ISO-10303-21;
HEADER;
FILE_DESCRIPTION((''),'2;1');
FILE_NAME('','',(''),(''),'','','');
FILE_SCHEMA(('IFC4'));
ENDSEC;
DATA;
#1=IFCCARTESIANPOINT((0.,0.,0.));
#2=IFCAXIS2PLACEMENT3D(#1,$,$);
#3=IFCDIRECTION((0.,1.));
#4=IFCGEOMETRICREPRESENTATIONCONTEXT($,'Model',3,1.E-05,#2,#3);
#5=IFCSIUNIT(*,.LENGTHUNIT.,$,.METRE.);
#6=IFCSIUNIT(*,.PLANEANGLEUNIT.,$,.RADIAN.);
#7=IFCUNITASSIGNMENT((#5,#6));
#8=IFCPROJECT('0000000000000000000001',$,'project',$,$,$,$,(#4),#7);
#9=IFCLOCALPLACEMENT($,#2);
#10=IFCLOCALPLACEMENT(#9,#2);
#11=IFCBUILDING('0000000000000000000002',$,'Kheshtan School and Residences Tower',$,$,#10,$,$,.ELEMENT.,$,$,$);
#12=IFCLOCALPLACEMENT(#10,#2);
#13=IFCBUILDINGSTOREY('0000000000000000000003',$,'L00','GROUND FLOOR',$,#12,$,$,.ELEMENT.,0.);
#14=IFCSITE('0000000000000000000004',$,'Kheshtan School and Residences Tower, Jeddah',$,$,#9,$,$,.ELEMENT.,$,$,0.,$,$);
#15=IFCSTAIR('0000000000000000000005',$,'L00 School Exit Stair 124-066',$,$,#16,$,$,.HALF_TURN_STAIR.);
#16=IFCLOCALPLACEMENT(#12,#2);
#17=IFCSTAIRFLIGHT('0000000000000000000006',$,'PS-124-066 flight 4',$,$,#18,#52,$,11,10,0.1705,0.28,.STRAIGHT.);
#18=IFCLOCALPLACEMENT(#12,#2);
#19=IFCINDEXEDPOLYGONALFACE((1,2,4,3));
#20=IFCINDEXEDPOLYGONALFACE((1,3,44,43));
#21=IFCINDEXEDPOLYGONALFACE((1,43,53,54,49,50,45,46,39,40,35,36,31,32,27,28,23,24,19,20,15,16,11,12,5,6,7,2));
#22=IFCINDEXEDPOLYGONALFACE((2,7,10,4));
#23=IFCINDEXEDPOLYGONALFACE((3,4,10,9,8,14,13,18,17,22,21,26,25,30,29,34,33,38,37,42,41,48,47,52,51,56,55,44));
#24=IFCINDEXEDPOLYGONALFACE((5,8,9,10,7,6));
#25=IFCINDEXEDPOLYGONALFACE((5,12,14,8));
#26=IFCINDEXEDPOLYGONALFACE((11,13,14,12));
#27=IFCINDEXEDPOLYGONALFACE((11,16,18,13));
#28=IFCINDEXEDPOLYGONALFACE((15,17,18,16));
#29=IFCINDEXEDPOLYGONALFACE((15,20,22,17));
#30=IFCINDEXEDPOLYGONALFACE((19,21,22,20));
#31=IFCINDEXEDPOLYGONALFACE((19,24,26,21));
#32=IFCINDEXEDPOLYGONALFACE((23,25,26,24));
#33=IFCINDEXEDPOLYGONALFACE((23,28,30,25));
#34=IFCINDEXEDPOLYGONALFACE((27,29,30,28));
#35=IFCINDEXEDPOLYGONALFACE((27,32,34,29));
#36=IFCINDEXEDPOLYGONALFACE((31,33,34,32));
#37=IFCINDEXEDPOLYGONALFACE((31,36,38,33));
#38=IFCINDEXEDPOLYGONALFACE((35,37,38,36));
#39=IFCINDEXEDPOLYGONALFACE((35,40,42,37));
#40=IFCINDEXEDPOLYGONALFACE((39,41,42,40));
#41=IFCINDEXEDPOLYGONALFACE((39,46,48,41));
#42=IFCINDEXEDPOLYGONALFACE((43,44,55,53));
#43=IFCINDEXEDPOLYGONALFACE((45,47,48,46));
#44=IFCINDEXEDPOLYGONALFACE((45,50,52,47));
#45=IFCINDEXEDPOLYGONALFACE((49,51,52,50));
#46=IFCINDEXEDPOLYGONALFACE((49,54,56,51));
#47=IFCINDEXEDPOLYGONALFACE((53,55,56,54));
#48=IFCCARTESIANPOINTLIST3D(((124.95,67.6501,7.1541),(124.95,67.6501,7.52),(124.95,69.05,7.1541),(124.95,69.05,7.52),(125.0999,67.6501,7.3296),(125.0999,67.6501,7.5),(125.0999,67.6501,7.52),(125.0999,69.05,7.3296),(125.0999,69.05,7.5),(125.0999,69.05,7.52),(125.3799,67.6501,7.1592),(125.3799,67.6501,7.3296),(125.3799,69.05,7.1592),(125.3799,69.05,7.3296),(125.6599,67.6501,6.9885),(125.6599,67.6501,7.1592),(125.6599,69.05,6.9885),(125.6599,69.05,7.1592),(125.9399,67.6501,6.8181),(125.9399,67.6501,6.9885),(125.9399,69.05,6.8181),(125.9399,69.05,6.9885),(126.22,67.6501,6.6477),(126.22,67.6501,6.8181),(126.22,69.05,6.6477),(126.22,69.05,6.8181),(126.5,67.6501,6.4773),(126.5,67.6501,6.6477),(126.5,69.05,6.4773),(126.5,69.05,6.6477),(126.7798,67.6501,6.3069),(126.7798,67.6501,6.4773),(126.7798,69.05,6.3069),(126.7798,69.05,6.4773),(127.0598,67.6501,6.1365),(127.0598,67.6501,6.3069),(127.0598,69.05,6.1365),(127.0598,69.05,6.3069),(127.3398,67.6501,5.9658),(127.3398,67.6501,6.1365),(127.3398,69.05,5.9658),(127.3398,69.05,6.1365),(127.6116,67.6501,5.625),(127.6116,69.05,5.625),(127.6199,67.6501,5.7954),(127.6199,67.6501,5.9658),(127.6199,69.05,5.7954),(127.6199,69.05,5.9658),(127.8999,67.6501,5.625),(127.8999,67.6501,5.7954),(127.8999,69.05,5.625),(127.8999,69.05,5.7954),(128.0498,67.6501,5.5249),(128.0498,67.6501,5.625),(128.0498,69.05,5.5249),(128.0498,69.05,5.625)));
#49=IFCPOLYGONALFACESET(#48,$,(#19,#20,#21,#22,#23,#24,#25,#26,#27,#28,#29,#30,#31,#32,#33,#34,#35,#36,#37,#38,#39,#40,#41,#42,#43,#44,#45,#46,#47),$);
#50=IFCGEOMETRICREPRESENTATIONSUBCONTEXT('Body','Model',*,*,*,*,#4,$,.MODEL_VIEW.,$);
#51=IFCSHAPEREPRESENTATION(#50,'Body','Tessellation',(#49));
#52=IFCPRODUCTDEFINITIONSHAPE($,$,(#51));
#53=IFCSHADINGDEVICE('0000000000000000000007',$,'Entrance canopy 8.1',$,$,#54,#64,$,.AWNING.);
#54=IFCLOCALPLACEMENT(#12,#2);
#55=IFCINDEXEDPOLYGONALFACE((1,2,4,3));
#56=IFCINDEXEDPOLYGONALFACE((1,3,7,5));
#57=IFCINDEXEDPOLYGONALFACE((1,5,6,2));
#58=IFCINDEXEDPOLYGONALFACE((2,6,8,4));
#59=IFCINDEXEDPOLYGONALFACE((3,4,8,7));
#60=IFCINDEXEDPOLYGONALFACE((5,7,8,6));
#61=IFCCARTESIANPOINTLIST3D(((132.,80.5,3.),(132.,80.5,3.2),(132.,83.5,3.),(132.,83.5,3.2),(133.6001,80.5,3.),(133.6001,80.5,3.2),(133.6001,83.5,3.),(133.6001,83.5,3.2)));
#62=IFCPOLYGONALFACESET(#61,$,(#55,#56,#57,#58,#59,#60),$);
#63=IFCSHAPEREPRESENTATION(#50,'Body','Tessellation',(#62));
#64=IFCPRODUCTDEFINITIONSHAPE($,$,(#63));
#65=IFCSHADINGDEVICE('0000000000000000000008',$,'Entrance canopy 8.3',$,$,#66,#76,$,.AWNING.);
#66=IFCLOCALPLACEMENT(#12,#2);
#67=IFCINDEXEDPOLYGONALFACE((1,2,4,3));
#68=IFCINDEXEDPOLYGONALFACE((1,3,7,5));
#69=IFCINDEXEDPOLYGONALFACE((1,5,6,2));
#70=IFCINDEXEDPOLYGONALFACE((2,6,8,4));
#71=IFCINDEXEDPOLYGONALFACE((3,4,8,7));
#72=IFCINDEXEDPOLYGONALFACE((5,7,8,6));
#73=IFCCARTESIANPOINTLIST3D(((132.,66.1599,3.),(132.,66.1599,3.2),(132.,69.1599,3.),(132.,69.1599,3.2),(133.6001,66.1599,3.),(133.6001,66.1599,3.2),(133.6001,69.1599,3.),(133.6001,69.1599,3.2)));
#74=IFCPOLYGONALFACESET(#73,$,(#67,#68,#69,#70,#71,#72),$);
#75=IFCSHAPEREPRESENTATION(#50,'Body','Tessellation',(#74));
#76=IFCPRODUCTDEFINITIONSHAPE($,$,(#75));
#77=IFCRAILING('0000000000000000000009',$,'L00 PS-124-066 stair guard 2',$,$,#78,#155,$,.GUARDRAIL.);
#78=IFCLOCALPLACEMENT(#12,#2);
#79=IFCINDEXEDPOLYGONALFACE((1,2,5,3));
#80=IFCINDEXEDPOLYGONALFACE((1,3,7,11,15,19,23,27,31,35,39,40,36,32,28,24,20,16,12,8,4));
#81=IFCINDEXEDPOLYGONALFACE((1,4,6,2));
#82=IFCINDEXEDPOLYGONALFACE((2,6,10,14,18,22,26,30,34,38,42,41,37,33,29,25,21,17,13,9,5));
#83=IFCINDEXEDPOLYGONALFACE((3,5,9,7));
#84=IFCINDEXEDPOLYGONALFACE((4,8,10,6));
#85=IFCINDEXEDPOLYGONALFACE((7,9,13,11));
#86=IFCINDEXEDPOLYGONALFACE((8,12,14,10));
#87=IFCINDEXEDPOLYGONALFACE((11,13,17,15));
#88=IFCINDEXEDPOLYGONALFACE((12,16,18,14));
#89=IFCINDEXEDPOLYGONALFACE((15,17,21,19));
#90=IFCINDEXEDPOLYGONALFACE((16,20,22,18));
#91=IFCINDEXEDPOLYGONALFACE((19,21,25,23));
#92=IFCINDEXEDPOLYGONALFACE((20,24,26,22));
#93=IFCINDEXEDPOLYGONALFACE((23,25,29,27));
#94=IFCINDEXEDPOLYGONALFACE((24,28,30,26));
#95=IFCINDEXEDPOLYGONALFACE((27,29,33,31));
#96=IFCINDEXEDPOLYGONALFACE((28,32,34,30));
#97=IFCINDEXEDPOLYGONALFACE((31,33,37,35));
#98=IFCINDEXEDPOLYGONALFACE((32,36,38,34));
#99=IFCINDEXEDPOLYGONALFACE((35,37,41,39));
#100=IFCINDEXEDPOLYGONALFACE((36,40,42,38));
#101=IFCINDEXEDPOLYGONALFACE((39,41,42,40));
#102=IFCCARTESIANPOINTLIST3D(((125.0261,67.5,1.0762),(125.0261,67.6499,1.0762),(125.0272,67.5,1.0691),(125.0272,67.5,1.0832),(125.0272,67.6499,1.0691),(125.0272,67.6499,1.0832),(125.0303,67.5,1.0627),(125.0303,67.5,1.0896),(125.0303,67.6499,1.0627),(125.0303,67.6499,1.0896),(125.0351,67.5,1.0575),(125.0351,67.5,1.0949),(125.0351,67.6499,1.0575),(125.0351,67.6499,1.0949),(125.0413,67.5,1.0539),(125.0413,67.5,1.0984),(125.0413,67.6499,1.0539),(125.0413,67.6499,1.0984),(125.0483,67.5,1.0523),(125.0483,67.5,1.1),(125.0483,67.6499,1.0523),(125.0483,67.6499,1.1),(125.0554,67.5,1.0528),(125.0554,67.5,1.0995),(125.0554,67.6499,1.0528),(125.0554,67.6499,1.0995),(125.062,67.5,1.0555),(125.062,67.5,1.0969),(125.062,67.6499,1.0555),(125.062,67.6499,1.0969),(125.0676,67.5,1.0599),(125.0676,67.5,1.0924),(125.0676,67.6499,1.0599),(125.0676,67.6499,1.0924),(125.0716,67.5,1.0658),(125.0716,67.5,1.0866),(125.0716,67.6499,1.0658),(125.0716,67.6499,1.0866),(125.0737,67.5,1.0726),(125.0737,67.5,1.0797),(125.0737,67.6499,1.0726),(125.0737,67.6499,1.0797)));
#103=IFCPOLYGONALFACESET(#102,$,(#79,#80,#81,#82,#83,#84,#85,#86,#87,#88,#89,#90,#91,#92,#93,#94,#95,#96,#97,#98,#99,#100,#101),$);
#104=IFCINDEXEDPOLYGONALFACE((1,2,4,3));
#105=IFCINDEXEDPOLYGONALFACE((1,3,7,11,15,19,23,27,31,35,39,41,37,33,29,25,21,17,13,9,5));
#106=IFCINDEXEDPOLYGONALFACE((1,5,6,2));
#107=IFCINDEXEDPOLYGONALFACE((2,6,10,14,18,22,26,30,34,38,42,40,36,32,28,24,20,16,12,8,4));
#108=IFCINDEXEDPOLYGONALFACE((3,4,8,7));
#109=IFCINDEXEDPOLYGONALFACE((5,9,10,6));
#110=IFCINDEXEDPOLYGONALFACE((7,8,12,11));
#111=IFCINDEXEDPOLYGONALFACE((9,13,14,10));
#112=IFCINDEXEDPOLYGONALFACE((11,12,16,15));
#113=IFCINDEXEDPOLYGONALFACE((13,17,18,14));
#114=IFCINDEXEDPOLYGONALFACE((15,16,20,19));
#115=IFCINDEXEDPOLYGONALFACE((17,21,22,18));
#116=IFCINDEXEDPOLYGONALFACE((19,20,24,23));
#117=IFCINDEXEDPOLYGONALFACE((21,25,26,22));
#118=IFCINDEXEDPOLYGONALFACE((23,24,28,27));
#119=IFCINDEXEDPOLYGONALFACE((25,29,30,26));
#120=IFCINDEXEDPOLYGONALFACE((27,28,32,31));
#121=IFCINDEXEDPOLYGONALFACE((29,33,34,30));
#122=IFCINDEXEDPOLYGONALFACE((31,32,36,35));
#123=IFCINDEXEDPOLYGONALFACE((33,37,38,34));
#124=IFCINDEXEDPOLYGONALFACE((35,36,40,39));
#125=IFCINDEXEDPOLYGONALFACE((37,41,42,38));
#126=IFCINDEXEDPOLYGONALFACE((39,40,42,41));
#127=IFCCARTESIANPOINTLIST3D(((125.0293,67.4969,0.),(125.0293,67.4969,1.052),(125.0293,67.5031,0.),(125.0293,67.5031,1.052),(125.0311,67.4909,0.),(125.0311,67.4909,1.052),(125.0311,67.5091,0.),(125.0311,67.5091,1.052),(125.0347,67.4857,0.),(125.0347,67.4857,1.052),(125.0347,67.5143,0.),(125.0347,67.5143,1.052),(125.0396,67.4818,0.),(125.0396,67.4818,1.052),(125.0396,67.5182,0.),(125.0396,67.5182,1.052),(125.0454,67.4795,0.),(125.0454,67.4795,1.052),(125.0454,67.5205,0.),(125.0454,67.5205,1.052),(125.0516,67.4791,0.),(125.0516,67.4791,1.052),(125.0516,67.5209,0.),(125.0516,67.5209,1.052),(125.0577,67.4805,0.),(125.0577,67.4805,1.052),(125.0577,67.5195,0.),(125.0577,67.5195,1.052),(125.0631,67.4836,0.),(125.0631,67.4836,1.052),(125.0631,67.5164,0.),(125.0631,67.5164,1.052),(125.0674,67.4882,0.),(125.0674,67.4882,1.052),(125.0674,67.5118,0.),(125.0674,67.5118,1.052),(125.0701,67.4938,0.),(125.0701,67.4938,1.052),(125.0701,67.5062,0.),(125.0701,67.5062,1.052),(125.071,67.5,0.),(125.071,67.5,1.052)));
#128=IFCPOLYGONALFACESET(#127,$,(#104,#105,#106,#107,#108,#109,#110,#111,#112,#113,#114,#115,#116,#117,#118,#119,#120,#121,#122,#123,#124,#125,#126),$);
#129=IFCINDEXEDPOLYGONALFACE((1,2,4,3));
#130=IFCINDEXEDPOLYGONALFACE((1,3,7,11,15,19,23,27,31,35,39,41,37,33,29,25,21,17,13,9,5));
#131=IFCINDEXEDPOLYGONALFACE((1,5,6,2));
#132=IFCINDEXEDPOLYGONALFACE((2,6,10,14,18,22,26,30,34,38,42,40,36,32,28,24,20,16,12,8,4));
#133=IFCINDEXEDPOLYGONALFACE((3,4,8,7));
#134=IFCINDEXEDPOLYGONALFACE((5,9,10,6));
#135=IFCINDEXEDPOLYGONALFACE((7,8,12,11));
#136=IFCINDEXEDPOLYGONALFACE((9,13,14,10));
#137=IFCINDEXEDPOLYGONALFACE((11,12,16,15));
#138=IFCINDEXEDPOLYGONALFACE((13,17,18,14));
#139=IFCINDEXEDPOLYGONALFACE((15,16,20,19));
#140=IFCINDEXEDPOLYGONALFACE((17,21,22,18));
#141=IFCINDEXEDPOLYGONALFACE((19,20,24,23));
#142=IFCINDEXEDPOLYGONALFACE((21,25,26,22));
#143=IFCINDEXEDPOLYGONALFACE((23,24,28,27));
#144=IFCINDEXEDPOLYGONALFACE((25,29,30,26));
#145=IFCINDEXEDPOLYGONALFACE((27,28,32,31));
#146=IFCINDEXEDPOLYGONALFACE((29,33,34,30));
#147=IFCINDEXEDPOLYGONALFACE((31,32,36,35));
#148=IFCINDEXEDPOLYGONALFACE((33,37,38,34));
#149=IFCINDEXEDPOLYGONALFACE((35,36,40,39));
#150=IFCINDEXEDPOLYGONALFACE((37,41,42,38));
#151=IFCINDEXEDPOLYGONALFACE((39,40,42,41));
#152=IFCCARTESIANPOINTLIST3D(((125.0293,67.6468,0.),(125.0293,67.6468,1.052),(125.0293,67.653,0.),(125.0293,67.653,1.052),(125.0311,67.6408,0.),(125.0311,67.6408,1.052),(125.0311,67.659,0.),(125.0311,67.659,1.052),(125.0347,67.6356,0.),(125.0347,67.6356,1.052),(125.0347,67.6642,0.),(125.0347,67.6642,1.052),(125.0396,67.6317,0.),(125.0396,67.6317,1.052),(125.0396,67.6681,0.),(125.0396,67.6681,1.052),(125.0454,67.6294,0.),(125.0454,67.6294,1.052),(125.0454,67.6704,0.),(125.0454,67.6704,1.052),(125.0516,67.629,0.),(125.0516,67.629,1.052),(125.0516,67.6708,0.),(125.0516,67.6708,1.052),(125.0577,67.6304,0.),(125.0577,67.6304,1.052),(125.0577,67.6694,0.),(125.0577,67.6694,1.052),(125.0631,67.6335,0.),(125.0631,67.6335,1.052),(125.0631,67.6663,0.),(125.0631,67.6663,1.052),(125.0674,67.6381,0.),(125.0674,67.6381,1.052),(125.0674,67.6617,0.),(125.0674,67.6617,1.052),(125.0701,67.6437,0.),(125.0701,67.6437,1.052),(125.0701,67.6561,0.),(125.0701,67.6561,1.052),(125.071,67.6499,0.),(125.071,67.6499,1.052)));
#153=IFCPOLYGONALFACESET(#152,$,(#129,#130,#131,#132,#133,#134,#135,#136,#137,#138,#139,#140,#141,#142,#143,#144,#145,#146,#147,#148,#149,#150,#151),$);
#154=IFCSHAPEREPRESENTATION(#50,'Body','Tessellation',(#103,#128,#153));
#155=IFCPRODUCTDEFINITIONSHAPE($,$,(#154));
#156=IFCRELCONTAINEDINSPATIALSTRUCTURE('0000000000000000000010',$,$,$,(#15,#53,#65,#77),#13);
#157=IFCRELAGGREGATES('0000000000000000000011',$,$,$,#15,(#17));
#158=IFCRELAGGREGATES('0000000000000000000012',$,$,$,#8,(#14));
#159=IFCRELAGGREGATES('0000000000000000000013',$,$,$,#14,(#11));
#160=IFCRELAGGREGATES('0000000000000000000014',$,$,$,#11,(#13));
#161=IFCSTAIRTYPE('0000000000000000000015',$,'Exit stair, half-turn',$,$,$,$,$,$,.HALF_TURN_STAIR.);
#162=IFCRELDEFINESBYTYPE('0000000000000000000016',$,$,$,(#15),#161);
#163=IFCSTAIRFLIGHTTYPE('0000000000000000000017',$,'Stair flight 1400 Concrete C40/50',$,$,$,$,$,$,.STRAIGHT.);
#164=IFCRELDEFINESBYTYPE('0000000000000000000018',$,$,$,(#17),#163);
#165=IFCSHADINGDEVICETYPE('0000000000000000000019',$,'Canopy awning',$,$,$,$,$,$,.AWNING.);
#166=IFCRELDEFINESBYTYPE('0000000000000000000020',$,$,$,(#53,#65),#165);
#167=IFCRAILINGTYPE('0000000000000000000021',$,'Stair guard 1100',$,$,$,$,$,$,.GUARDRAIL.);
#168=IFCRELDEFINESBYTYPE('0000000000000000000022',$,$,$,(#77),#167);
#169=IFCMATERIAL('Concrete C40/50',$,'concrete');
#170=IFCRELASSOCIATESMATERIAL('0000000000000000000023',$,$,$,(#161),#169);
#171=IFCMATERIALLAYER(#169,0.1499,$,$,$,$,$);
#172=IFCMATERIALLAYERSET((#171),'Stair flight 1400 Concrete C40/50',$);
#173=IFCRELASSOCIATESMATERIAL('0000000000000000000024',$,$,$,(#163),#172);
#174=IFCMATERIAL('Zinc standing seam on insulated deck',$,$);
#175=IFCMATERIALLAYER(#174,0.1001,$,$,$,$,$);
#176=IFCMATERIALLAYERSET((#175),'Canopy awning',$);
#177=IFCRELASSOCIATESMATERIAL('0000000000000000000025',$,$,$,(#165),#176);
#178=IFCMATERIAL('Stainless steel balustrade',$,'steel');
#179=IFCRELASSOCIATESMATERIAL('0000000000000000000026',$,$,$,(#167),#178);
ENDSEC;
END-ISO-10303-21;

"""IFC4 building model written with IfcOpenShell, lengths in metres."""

from ifc_helpers import new_model, si_unit, direction, frame, origin, origin_2d, place, context, subcontext, project, spatial, polyline, rectangle, circle, outline, extrude, material, layer, layer_set, type_object, element, aggregate, save


model = new_model("IFC4")

# Units and contexts
model_context = context("Model", 3, precision=1e-05, world=origin(), true_north=direction((0.0, 1.0)))
body_context = subcontext(model_context, "Body", "Model", "MODEL_VIEW")
ifc_project = project(units=[si_unit("LENGTHUNIT", "METRE"), si_unit("PLANEANGLEUNIT", "RADIAN")], contexts=[model_context])

# Site, building, storey
site_placement = place(None, origin())
site = spatial("IfcSite", under=ifc_project, at=site_placement, Name="Kheshtan School and Residences Tower, Jeddah", CompositionType="ELEMENT", RefElevation=0.0)
building_placement = place(site_placement, origin())
building = spatial("IfcBuilding", under=site, at=building_placement, Name="Kheshtan School and Residences Tower", CompositionType="ELEMENT")
storey_placement = place(building_placement, origin())
storey = spatial("IfcBuildingStorey", under=building, at=storey_placement, Name="L00", Description="GROUND FLOOR", CompositionType="ELEMENT", Elevation=0.0)

# Shared definitions
ifc_material_1 = material(Name="Concrete C40/50", Category="concrete")

# Stair, stair flight
stair_type = type_object("IfcStairType", Name="Exit stair, half-turn", PredefinedType="HALF_TURN_STAIR", material=ifc_material_1)
stair_placement = place(storey_placement, origin())
stair = element("IfcStair", 1, at=stair_placement, inside=storey, type_object=stair_type, Name="L00 School Exit Stair 124-066", PredefinedType="HALF_TURN_STAIR")
ifc_layer_1 = layer(ifc_material_1, 0.1499)
ifc_layer_set_1 = layer_set([ifc_layer_1], Name="Stair flight 1400 Concrete C40/50")
stair_flight_type = type_object("IfcStairFlightType", Name="Stair flight 1400 Concrete C40/50", PredefinedType="STRAIGHT", material=ifc_layer_set_1)
stair_flight_1_placement = place(storey_placement, frame((127.8999, 68.3501, 5.625), z_axis=(0.0, 0.0, 1.0), x_axis=(-1.0, 0.0, 0.0)))
stair_flight_1 = element("IfcStairFlight", 2, at=stair_flight_1_placement, type_object=stair_flight_type, Name="PS-124-066 flight 4", NumberOfRisers=11, NumberOfTreads=10, PredefinedType="STRAIGHT", RiserHeight=0.1705, TreadLength=0.28, context=body_context, shape_type="SweptSolid", body=[
    extrude(outline(polyline([(-0.1499, -0.1001), (-0.1499, 0.0), (0.0, 0.0), (0.0, 0.1704), (0.28, 0.1704), (0.28, 0.3408), (0.5601, 0.3408), (0.5601, 0.5115), (0.8401, 0.5115), (0.8401, 0.6819), (1.1201, 0.6819), (1.1201, 0.8523), (1.3999, 0.8523), (1.3999, 1.0227), (1.6799, 1.0227), (1.6799, 1.1931), (1.96, 1.1931), (1.96, 1.3635), (2.24, 1.3635), (2.24, 1.5342), (2.52, 1.5342), (2.52, 1.7046), (2.8, 1.7046), (2.8, 1.875), (2.8, 1.895), (2.95, 1.895), (2.95, 1.5291), (0.2883, 0.0), (-0.1499, -0.1001)])), frame((0.0, 0.7, 0.0), z_axis=(0.0, -1.0, 0.0), x_axis=(1.0, 0.0, 0.0)), (0.0, 0.0, 1.0), 1.3999),
])
aggregate(stair, [stair_flight_1])

# Shading devices
ifc_material_2 = material(Name="Zinc standing seam on insulated deck")
ifc_layer_2 = layer(ifc_material_2, 0.1001)
ifc_layer_set_2 = layer_set([ifc_layer_2], Name="Canopy awning")
shading_device_type = type_object("IfcShadingDeviceType", Name="Canopy awning", PredefinedType="AWNING", material=ifc_layer_set_2)
for number, where, z_axis, x_axis, name in (
    (3, (132.8, 82.0, 3.0), (0.0, 0.0, 1.0), (0.0, -1.0, 0.0), "Entrance canopy 8.1"),
    (4, (132.8, 67.6599, 3.0), (0.0, 0.0, 1.0), (0.0, -1.0, 0.0), "Entrance canopy 8.3"),
):
    element("IfcShadingDevice", number, at=place(storey_placement, frame(where, z_axis=z_axis, x_axis=x_axis)), inside=storey, type_object=shading_device_type, Name=name, PredefinedType="AWNING", context=body_context, shape_type="SweptSolid", body=[
        extrude(rectangle(XDim=3.0, YDim=1.6001, at=origin_2d()), origin(), (0.0, 0.0, 1.0), 0.2),
    ])

# Railing
ifc_material_3 = material(Name="Stainless steel balustrade", Category="steel")
railing_type_1 = type_object("IfcRailingType", Name="Stair guard 1100", PredefinedType="GUARDRAIL", material=ifc_material_3)
railing_placement = place(storey_placement, frame((125.05, 67.5, 0.0)))
element("IfcRailing", 5, at=railing_placement, inside=storey, type_object=railing_type_1, Name="L00 PS-124-066 stair guard 2", PredefinedType="GUARDRAIL", context=body_context, shape_type="SweptSolid", body=[
    extrude(circle(Radius=0.0239, at=origin_2d()), frame((0.0, 0.0, 1.0762), z_axis=(0.0, 1.0, 0.0), x_axis=(-1.0, 0.0, 0.0)), (0.0, 0.0, 1.0), 0.1499),
    extrude(circle(Radius=0.021, at=origin_2d()), origin(), (0.0, 0.0, 1.0), 1.052),
    extrude(circle(Radius=0.021, at=origin_2d()), frame((0.0, 0.1499, 0.0)), (0.0, 0.0, 1.0), 1.052),
])

save(model, "model.ifc")
